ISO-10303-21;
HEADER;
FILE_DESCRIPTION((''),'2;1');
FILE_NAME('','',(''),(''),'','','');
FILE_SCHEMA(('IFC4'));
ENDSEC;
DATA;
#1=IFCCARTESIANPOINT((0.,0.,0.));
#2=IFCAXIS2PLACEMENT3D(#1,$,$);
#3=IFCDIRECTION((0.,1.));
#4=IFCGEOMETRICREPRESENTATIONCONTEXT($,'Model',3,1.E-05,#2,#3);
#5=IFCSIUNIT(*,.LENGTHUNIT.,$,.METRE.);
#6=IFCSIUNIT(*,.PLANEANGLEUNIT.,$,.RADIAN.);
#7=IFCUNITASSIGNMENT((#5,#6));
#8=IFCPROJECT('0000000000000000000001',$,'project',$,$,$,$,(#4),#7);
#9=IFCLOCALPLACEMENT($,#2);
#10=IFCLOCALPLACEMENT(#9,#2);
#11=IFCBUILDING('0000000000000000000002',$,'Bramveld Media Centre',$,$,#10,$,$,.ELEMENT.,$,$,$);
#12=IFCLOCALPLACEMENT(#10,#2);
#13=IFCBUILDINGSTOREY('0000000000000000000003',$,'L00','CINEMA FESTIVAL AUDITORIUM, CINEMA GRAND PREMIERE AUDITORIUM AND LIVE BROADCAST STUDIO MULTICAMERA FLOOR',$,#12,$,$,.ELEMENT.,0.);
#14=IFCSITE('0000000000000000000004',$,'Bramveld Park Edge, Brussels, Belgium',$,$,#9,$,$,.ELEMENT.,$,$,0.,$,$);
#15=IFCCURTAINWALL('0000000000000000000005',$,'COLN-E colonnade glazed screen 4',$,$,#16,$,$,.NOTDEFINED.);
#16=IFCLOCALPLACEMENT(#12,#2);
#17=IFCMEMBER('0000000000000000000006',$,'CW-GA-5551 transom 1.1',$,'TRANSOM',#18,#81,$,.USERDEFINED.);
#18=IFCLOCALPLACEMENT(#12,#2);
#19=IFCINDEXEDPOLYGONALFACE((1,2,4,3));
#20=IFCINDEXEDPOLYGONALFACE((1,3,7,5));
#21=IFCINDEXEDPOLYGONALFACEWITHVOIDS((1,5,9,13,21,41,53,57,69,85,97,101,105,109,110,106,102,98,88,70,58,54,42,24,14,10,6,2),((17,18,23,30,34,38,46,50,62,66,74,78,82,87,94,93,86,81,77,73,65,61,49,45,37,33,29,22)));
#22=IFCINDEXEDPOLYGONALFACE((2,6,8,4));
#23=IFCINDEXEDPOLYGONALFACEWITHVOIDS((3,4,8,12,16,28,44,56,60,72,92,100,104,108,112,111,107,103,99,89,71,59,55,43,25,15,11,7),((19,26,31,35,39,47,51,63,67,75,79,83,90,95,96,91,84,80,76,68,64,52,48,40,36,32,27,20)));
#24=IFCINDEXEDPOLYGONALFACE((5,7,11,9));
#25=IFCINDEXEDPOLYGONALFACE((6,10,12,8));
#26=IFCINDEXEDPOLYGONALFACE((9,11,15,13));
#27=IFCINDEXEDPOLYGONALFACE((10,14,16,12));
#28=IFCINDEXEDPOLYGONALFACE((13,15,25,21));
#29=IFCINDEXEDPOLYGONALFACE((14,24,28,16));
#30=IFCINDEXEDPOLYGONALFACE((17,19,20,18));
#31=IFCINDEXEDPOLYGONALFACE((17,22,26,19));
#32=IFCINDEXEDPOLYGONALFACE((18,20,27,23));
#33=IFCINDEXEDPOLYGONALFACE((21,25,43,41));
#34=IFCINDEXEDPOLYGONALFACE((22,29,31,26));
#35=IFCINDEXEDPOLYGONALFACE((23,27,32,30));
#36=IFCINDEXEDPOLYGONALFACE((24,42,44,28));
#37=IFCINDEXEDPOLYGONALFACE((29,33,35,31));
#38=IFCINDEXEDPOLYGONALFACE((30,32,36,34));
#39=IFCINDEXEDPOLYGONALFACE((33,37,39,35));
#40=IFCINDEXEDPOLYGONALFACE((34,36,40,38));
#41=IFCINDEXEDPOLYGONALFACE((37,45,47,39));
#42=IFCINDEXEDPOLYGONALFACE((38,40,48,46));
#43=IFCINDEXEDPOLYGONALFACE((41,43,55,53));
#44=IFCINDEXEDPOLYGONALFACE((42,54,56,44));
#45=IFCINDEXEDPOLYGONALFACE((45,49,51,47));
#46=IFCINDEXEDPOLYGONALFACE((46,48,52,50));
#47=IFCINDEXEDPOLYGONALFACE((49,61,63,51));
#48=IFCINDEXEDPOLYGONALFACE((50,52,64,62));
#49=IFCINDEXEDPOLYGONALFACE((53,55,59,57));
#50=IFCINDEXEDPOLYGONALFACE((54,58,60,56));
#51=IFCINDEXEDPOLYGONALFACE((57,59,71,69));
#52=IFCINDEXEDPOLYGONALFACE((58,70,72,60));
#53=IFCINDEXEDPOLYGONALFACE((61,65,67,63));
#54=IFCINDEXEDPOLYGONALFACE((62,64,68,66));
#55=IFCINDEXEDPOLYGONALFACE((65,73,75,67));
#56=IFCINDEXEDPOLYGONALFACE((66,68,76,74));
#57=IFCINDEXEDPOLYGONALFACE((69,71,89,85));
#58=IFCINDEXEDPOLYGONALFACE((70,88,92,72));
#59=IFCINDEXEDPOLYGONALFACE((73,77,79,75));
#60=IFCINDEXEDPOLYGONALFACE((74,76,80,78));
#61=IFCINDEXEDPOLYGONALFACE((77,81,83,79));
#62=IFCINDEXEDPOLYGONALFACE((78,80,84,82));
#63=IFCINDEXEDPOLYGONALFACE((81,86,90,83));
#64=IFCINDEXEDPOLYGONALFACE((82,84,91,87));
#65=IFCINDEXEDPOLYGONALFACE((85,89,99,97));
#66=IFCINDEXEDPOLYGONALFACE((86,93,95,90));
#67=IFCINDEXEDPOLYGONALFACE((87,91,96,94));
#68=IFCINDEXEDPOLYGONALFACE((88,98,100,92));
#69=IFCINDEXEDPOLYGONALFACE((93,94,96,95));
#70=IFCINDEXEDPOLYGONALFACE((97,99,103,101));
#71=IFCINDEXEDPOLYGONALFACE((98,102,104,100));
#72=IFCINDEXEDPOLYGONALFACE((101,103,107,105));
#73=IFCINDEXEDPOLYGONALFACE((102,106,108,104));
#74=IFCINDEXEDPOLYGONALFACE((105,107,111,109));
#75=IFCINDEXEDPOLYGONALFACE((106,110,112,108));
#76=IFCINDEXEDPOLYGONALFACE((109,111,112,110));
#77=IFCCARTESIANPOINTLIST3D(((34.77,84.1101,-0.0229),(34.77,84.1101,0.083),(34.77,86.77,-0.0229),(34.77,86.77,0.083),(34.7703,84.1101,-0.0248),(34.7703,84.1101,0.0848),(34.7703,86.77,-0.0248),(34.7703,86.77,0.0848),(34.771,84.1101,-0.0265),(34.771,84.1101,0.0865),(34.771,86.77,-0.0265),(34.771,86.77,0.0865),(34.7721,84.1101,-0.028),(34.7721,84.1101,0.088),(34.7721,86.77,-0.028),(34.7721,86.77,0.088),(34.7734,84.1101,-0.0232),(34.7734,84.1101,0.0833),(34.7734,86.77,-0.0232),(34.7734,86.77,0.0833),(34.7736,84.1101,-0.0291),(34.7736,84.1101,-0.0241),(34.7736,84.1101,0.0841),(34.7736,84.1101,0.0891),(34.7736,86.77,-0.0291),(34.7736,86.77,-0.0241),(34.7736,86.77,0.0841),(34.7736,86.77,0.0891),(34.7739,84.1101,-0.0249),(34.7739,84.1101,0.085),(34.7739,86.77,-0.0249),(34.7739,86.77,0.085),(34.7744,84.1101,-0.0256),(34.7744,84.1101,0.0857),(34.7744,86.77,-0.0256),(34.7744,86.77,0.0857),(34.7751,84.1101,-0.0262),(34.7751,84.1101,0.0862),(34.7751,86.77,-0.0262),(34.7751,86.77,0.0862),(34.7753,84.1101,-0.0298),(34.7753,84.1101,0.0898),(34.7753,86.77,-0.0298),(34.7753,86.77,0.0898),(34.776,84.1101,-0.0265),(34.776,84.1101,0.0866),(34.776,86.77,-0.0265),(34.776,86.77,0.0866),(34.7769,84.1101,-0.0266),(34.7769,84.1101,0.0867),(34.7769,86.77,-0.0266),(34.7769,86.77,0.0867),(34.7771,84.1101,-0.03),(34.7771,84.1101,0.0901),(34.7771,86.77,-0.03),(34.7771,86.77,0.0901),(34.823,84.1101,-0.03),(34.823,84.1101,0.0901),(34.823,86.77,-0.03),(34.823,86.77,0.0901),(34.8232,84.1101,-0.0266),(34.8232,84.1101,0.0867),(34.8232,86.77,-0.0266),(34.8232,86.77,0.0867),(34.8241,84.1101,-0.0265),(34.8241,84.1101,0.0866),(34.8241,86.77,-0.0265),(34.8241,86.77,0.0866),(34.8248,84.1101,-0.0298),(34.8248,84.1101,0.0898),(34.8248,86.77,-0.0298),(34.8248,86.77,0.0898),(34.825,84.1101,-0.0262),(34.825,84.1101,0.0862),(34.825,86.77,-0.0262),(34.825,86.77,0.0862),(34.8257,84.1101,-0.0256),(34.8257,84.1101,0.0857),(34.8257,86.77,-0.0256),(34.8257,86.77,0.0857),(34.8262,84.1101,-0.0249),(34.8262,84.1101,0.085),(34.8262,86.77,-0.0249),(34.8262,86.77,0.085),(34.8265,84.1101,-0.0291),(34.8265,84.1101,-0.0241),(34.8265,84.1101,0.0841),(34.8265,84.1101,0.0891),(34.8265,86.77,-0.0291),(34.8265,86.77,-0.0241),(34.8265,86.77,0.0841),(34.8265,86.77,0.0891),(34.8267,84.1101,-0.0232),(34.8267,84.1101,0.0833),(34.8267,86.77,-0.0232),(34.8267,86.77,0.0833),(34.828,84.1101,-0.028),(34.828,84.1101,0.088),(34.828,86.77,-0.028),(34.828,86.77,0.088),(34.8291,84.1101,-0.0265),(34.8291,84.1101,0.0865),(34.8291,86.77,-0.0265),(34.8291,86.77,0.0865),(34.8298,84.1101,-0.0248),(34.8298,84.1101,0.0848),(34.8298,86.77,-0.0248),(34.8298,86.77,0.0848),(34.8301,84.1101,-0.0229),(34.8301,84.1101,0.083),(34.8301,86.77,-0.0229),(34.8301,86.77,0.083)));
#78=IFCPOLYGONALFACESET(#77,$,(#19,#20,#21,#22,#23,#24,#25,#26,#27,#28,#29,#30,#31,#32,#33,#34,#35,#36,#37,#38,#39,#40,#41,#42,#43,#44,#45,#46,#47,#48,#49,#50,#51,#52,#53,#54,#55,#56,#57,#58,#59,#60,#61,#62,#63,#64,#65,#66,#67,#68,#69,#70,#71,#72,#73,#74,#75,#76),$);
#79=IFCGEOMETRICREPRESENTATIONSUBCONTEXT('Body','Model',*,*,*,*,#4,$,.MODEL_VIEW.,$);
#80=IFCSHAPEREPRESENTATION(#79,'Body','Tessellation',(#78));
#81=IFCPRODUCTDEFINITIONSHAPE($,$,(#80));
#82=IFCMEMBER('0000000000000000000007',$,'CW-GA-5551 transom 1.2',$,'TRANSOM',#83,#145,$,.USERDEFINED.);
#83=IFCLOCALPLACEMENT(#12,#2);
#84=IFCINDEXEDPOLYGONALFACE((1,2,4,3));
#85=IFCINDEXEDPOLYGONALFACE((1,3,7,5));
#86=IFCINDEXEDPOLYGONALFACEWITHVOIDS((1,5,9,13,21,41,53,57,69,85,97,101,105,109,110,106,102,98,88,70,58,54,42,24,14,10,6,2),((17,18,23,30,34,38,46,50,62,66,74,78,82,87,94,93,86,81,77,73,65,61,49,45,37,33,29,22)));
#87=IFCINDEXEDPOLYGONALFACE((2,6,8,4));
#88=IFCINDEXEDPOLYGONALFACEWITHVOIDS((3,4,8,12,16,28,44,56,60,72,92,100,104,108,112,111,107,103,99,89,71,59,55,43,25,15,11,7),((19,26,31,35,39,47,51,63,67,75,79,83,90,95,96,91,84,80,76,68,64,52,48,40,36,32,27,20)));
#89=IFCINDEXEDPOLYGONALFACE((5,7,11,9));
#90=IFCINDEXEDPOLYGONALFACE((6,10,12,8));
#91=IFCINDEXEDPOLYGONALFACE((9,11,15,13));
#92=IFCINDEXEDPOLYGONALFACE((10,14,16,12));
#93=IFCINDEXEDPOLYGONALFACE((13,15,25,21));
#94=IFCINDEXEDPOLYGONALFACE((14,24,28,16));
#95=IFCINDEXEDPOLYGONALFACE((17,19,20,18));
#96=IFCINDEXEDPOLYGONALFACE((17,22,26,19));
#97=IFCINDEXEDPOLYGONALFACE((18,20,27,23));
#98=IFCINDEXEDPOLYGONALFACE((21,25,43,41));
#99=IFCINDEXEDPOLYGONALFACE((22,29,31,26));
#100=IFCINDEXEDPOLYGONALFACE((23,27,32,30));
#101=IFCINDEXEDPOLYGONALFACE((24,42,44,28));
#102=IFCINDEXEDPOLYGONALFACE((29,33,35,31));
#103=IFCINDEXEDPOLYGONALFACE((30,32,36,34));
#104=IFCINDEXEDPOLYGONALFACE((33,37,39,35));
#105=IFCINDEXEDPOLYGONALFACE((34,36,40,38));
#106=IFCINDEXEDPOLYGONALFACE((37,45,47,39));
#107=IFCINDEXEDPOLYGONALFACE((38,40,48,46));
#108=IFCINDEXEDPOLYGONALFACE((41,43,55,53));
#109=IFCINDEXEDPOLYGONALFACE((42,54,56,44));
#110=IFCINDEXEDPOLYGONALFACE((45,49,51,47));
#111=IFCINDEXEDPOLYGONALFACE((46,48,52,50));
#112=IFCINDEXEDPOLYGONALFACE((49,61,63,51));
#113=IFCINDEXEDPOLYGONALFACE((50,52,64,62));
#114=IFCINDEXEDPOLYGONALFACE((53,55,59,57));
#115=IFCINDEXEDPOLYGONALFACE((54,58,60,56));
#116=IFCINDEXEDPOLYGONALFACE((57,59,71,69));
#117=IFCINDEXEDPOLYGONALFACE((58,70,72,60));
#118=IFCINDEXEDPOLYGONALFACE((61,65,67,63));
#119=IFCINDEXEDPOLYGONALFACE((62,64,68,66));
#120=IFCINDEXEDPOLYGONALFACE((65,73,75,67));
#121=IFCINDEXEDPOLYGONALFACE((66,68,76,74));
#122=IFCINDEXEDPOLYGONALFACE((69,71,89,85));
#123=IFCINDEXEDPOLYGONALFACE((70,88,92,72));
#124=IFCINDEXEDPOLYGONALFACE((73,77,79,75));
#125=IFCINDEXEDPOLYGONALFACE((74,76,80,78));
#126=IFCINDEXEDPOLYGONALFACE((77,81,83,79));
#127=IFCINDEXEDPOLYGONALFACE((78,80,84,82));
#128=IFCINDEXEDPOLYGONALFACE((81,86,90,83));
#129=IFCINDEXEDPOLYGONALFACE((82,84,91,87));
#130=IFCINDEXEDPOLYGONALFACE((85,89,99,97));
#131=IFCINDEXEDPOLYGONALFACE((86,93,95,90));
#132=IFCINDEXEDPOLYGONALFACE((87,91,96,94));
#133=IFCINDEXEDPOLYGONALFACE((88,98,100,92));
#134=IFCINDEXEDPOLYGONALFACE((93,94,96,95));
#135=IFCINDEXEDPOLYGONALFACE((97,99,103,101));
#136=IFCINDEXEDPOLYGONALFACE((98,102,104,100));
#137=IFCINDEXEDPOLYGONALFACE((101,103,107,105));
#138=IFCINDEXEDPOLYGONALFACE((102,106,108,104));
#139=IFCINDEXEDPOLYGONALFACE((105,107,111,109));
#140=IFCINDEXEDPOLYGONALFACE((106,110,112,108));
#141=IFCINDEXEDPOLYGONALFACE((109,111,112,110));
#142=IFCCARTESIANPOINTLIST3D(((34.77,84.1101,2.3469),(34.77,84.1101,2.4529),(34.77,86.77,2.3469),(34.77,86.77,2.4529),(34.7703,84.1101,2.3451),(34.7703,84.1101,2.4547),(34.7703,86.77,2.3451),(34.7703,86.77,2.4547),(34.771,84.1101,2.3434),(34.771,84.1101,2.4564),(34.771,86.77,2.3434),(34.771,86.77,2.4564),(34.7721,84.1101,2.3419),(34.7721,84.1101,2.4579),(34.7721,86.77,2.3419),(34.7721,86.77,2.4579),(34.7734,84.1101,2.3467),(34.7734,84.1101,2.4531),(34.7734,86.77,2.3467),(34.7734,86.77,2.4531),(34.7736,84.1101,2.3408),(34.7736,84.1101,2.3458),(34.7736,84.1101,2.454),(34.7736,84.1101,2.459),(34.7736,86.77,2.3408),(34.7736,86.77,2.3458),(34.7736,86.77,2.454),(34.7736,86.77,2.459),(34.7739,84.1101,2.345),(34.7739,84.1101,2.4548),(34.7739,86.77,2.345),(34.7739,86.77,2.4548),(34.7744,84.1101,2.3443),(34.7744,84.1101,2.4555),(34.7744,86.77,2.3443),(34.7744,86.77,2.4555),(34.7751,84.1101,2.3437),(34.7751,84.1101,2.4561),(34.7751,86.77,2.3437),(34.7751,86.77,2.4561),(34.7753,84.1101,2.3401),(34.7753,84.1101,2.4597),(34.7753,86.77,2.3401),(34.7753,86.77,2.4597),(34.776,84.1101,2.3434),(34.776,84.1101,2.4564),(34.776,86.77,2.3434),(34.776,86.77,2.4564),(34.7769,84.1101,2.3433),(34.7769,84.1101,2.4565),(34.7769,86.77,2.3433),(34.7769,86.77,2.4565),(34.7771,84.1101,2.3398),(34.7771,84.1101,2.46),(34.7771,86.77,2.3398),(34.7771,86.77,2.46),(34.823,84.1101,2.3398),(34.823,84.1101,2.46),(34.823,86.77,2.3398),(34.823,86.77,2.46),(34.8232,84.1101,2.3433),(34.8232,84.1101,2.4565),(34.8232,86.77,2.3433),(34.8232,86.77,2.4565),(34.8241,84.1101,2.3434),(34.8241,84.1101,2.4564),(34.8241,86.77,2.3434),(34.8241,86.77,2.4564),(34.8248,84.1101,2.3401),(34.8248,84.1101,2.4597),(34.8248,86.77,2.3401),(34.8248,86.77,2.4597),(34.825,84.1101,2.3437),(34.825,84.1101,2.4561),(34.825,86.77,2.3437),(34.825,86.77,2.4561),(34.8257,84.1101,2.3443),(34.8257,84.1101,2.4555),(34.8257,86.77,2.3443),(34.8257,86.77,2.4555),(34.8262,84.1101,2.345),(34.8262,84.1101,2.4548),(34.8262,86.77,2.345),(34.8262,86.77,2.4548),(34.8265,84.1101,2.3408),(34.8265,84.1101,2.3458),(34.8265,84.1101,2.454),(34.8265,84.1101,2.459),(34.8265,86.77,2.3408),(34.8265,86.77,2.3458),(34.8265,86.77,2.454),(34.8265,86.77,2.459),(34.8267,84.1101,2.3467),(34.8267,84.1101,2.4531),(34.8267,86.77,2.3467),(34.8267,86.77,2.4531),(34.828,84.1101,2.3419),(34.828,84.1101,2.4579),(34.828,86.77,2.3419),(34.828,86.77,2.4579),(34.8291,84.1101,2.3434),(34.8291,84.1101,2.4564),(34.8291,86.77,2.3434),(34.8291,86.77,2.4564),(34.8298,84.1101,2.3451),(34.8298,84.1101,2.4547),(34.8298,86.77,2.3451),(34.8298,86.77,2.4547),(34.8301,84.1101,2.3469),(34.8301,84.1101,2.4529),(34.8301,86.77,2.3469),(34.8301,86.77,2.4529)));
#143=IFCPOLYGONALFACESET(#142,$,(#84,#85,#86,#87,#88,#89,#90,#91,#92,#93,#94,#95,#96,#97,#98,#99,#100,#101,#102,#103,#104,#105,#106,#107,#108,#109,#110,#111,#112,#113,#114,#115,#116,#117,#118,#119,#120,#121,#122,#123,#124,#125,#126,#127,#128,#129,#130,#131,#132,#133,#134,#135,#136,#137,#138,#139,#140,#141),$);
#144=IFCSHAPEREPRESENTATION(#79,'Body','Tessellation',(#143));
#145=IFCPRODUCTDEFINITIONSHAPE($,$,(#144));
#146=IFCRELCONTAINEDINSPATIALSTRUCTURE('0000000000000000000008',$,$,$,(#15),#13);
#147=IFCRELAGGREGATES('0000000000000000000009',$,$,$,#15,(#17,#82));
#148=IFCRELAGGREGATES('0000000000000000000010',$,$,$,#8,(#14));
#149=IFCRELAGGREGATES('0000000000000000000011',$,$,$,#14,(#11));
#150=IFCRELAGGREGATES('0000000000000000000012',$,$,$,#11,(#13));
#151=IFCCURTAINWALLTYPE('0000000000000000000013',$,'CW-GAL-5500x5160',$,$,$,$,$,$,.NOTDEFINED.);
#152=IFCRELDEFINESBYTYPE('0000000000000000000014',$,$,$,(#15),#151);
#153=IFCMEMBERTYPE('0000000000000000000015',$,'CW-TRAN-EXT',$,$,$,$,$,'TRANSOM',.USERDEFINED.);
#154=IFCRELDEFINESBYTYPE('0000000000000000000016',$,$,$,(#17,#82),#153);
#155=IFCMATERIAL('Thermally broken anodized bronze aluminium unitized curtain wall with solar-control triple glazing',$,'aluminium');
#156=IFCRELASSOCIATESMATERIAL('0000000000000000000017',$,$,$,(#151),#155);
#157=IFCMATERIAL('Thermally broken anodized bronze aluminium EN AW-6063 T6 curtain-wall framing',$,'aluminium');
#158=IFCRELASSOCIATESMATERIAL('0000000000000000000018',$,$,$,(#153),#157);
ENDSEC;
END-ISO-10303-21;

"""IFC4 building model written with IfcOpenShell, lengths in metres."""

from ifc_helpers import new_model, si_unit, direction, frame, origin, origin_2d, place, context, subcontext, project, spatial, hollow_rectangle, extrude, material, material_profile, profile_set, type_object, element, aggregate, save


model = new_model("IFC4")

# Units and contexts
model_context = context("Model", 3, precision=1e-05, world=origin(), true_north=direction((0.0, 1.0)))
body_context = subcontext(model_context, "Body", "Model", "MODEL_VIEW")
ifc_project = project(units=[si_unit("LENGTHUNIT", "METRE"), si_unit("PLANEANGLEUNIT", "RADIAN")], contexts=[model_context])

# Site, building, storey
site_placement = place(None, origin())
site = spatial("IfcSite", under=ifc_project, at=site_placement, Name="Bramveld Park Edge, Brussels, Belgium", CompositionType="ELEMENT", RefElevation=0.0)
building_placement = place(site_placement, origin())
building = spatial("IfcBuilding", under=site, at=building_placement, Name="Bramveld Media Centre", CompositionType="ELEMENT")
storey_placement = place(building_placement, origin())
storey = spatial("IfcBuildingStorey", under=building, at=storey_placement, Name="L00", Description="CINEMA FESTIVAL AUDITORIUM, CINEMA GRAND PREMIERE AUDITORIUM AND LIVE BROADCAST STUDIO MULTICAMERA FLOOR", CompositionType="ELEMENT", Elevation=0.0)

# Curtain wall
ifc_material_1 = material(Name="Thermally broken anodized bronze aluminium unitized curtain wall with solar-control triple glazing", Category="aluminium")
curtain_wall_type_1 = type_object("IfcCurtainWallType", Name="CW-GAL-5500x5160", PredefinedType="NOTDEFINED", material=ifc_material_1)
curtain_wall_1_placement = place(storey_placement, origin())
curtain_wall_1 = element("IfcCurtainWall", 1, at=curtain_wall_1_placement, inside=storey, type_object=curtain_wall_type_1, Name="COLN-E colonnade glazed screen 4", PredefinedType="NOTDEFINED")

# Members
ifc_material_2 = material(Name="Thermally broken anodized bronze aluminium EN AW-6063 T6 curtain-wall framing", Category="aluminium")
ifc_material_profile_1 = material_profile(ifc_material_2, hollow_rectangle(XDim=0.0601, YDim=0.1201, WallThickness=0.0034, InnerFilletRadius=0.0034, OuterFilletRadius=0.0071, at=origin_2d()), Name="AL-TRAN 60x120")
ifc_profile_set_1 = profile_set([ifc_material_profile_1], Name="Thermally broken anodized bronze aluminium EN AW-6063 T6 curtain-wall framing")
member_type_1 = type_object("IfcMemberType", Name="CW-TRAN-EXT", ElementType="TRANSOM", PredefinedType="USERDEFINED", material=ifc_profile_set_1)
member_1_placement = place(storey_placement, frame((34.8, 84.1101, 0.03), z_axis=(0.0, 1.0, 0.0), x_axis=(-1.0, 0.0, 0.0)))
member_1 = element("IfcMember", 2, at=member_1_placement, type_object=member_type_1, Name="CW-GA-5551 transom 1.1", ObjectType="TRANSOM", PredefinedType="USERDEFINED", context=body_context, shape_type="SweptSolid", body=[
    extrude(hollow_rectangle(XDim=0.0601, YDim=0.1201, WallThickness=0.0034, InnerFilletRadius=0.0034, OuterFilletRadius=0.0071, at=origin_2d()), origin(), (0.0, 0.0, 1.0), 2.6599),
])
member_2_placement = place(storey_placement, frame((34.8, 84.1101, 2.3999), z_axis=(0.0, 1.0, 0.0), x_axis=(-1.0, 0.0, 0.0)))
member_2 = element("IfcMember", 3, at=member_2_placement, type_object=member_type_1, Name="CW-GA-5551 transom 1.2", ObjectType="TRANSOM", PredefinedType="USERDEFINED", context=body_context, shape_type="SweptSolid", body=[
    extrude(hollow_rectangle(XDim=0.0601, YDim=0.1201, WallThickness=0.0034, InnerFilletRadius=0.0034, OuterFilletRadius=0.0071, at=origin_2d()), origin(), (0.0, 0.0, 1.0), 2.6599),
])

aggregate(curtain_wall_1, [member_1, member_2])

save(model, "model.ifc")
